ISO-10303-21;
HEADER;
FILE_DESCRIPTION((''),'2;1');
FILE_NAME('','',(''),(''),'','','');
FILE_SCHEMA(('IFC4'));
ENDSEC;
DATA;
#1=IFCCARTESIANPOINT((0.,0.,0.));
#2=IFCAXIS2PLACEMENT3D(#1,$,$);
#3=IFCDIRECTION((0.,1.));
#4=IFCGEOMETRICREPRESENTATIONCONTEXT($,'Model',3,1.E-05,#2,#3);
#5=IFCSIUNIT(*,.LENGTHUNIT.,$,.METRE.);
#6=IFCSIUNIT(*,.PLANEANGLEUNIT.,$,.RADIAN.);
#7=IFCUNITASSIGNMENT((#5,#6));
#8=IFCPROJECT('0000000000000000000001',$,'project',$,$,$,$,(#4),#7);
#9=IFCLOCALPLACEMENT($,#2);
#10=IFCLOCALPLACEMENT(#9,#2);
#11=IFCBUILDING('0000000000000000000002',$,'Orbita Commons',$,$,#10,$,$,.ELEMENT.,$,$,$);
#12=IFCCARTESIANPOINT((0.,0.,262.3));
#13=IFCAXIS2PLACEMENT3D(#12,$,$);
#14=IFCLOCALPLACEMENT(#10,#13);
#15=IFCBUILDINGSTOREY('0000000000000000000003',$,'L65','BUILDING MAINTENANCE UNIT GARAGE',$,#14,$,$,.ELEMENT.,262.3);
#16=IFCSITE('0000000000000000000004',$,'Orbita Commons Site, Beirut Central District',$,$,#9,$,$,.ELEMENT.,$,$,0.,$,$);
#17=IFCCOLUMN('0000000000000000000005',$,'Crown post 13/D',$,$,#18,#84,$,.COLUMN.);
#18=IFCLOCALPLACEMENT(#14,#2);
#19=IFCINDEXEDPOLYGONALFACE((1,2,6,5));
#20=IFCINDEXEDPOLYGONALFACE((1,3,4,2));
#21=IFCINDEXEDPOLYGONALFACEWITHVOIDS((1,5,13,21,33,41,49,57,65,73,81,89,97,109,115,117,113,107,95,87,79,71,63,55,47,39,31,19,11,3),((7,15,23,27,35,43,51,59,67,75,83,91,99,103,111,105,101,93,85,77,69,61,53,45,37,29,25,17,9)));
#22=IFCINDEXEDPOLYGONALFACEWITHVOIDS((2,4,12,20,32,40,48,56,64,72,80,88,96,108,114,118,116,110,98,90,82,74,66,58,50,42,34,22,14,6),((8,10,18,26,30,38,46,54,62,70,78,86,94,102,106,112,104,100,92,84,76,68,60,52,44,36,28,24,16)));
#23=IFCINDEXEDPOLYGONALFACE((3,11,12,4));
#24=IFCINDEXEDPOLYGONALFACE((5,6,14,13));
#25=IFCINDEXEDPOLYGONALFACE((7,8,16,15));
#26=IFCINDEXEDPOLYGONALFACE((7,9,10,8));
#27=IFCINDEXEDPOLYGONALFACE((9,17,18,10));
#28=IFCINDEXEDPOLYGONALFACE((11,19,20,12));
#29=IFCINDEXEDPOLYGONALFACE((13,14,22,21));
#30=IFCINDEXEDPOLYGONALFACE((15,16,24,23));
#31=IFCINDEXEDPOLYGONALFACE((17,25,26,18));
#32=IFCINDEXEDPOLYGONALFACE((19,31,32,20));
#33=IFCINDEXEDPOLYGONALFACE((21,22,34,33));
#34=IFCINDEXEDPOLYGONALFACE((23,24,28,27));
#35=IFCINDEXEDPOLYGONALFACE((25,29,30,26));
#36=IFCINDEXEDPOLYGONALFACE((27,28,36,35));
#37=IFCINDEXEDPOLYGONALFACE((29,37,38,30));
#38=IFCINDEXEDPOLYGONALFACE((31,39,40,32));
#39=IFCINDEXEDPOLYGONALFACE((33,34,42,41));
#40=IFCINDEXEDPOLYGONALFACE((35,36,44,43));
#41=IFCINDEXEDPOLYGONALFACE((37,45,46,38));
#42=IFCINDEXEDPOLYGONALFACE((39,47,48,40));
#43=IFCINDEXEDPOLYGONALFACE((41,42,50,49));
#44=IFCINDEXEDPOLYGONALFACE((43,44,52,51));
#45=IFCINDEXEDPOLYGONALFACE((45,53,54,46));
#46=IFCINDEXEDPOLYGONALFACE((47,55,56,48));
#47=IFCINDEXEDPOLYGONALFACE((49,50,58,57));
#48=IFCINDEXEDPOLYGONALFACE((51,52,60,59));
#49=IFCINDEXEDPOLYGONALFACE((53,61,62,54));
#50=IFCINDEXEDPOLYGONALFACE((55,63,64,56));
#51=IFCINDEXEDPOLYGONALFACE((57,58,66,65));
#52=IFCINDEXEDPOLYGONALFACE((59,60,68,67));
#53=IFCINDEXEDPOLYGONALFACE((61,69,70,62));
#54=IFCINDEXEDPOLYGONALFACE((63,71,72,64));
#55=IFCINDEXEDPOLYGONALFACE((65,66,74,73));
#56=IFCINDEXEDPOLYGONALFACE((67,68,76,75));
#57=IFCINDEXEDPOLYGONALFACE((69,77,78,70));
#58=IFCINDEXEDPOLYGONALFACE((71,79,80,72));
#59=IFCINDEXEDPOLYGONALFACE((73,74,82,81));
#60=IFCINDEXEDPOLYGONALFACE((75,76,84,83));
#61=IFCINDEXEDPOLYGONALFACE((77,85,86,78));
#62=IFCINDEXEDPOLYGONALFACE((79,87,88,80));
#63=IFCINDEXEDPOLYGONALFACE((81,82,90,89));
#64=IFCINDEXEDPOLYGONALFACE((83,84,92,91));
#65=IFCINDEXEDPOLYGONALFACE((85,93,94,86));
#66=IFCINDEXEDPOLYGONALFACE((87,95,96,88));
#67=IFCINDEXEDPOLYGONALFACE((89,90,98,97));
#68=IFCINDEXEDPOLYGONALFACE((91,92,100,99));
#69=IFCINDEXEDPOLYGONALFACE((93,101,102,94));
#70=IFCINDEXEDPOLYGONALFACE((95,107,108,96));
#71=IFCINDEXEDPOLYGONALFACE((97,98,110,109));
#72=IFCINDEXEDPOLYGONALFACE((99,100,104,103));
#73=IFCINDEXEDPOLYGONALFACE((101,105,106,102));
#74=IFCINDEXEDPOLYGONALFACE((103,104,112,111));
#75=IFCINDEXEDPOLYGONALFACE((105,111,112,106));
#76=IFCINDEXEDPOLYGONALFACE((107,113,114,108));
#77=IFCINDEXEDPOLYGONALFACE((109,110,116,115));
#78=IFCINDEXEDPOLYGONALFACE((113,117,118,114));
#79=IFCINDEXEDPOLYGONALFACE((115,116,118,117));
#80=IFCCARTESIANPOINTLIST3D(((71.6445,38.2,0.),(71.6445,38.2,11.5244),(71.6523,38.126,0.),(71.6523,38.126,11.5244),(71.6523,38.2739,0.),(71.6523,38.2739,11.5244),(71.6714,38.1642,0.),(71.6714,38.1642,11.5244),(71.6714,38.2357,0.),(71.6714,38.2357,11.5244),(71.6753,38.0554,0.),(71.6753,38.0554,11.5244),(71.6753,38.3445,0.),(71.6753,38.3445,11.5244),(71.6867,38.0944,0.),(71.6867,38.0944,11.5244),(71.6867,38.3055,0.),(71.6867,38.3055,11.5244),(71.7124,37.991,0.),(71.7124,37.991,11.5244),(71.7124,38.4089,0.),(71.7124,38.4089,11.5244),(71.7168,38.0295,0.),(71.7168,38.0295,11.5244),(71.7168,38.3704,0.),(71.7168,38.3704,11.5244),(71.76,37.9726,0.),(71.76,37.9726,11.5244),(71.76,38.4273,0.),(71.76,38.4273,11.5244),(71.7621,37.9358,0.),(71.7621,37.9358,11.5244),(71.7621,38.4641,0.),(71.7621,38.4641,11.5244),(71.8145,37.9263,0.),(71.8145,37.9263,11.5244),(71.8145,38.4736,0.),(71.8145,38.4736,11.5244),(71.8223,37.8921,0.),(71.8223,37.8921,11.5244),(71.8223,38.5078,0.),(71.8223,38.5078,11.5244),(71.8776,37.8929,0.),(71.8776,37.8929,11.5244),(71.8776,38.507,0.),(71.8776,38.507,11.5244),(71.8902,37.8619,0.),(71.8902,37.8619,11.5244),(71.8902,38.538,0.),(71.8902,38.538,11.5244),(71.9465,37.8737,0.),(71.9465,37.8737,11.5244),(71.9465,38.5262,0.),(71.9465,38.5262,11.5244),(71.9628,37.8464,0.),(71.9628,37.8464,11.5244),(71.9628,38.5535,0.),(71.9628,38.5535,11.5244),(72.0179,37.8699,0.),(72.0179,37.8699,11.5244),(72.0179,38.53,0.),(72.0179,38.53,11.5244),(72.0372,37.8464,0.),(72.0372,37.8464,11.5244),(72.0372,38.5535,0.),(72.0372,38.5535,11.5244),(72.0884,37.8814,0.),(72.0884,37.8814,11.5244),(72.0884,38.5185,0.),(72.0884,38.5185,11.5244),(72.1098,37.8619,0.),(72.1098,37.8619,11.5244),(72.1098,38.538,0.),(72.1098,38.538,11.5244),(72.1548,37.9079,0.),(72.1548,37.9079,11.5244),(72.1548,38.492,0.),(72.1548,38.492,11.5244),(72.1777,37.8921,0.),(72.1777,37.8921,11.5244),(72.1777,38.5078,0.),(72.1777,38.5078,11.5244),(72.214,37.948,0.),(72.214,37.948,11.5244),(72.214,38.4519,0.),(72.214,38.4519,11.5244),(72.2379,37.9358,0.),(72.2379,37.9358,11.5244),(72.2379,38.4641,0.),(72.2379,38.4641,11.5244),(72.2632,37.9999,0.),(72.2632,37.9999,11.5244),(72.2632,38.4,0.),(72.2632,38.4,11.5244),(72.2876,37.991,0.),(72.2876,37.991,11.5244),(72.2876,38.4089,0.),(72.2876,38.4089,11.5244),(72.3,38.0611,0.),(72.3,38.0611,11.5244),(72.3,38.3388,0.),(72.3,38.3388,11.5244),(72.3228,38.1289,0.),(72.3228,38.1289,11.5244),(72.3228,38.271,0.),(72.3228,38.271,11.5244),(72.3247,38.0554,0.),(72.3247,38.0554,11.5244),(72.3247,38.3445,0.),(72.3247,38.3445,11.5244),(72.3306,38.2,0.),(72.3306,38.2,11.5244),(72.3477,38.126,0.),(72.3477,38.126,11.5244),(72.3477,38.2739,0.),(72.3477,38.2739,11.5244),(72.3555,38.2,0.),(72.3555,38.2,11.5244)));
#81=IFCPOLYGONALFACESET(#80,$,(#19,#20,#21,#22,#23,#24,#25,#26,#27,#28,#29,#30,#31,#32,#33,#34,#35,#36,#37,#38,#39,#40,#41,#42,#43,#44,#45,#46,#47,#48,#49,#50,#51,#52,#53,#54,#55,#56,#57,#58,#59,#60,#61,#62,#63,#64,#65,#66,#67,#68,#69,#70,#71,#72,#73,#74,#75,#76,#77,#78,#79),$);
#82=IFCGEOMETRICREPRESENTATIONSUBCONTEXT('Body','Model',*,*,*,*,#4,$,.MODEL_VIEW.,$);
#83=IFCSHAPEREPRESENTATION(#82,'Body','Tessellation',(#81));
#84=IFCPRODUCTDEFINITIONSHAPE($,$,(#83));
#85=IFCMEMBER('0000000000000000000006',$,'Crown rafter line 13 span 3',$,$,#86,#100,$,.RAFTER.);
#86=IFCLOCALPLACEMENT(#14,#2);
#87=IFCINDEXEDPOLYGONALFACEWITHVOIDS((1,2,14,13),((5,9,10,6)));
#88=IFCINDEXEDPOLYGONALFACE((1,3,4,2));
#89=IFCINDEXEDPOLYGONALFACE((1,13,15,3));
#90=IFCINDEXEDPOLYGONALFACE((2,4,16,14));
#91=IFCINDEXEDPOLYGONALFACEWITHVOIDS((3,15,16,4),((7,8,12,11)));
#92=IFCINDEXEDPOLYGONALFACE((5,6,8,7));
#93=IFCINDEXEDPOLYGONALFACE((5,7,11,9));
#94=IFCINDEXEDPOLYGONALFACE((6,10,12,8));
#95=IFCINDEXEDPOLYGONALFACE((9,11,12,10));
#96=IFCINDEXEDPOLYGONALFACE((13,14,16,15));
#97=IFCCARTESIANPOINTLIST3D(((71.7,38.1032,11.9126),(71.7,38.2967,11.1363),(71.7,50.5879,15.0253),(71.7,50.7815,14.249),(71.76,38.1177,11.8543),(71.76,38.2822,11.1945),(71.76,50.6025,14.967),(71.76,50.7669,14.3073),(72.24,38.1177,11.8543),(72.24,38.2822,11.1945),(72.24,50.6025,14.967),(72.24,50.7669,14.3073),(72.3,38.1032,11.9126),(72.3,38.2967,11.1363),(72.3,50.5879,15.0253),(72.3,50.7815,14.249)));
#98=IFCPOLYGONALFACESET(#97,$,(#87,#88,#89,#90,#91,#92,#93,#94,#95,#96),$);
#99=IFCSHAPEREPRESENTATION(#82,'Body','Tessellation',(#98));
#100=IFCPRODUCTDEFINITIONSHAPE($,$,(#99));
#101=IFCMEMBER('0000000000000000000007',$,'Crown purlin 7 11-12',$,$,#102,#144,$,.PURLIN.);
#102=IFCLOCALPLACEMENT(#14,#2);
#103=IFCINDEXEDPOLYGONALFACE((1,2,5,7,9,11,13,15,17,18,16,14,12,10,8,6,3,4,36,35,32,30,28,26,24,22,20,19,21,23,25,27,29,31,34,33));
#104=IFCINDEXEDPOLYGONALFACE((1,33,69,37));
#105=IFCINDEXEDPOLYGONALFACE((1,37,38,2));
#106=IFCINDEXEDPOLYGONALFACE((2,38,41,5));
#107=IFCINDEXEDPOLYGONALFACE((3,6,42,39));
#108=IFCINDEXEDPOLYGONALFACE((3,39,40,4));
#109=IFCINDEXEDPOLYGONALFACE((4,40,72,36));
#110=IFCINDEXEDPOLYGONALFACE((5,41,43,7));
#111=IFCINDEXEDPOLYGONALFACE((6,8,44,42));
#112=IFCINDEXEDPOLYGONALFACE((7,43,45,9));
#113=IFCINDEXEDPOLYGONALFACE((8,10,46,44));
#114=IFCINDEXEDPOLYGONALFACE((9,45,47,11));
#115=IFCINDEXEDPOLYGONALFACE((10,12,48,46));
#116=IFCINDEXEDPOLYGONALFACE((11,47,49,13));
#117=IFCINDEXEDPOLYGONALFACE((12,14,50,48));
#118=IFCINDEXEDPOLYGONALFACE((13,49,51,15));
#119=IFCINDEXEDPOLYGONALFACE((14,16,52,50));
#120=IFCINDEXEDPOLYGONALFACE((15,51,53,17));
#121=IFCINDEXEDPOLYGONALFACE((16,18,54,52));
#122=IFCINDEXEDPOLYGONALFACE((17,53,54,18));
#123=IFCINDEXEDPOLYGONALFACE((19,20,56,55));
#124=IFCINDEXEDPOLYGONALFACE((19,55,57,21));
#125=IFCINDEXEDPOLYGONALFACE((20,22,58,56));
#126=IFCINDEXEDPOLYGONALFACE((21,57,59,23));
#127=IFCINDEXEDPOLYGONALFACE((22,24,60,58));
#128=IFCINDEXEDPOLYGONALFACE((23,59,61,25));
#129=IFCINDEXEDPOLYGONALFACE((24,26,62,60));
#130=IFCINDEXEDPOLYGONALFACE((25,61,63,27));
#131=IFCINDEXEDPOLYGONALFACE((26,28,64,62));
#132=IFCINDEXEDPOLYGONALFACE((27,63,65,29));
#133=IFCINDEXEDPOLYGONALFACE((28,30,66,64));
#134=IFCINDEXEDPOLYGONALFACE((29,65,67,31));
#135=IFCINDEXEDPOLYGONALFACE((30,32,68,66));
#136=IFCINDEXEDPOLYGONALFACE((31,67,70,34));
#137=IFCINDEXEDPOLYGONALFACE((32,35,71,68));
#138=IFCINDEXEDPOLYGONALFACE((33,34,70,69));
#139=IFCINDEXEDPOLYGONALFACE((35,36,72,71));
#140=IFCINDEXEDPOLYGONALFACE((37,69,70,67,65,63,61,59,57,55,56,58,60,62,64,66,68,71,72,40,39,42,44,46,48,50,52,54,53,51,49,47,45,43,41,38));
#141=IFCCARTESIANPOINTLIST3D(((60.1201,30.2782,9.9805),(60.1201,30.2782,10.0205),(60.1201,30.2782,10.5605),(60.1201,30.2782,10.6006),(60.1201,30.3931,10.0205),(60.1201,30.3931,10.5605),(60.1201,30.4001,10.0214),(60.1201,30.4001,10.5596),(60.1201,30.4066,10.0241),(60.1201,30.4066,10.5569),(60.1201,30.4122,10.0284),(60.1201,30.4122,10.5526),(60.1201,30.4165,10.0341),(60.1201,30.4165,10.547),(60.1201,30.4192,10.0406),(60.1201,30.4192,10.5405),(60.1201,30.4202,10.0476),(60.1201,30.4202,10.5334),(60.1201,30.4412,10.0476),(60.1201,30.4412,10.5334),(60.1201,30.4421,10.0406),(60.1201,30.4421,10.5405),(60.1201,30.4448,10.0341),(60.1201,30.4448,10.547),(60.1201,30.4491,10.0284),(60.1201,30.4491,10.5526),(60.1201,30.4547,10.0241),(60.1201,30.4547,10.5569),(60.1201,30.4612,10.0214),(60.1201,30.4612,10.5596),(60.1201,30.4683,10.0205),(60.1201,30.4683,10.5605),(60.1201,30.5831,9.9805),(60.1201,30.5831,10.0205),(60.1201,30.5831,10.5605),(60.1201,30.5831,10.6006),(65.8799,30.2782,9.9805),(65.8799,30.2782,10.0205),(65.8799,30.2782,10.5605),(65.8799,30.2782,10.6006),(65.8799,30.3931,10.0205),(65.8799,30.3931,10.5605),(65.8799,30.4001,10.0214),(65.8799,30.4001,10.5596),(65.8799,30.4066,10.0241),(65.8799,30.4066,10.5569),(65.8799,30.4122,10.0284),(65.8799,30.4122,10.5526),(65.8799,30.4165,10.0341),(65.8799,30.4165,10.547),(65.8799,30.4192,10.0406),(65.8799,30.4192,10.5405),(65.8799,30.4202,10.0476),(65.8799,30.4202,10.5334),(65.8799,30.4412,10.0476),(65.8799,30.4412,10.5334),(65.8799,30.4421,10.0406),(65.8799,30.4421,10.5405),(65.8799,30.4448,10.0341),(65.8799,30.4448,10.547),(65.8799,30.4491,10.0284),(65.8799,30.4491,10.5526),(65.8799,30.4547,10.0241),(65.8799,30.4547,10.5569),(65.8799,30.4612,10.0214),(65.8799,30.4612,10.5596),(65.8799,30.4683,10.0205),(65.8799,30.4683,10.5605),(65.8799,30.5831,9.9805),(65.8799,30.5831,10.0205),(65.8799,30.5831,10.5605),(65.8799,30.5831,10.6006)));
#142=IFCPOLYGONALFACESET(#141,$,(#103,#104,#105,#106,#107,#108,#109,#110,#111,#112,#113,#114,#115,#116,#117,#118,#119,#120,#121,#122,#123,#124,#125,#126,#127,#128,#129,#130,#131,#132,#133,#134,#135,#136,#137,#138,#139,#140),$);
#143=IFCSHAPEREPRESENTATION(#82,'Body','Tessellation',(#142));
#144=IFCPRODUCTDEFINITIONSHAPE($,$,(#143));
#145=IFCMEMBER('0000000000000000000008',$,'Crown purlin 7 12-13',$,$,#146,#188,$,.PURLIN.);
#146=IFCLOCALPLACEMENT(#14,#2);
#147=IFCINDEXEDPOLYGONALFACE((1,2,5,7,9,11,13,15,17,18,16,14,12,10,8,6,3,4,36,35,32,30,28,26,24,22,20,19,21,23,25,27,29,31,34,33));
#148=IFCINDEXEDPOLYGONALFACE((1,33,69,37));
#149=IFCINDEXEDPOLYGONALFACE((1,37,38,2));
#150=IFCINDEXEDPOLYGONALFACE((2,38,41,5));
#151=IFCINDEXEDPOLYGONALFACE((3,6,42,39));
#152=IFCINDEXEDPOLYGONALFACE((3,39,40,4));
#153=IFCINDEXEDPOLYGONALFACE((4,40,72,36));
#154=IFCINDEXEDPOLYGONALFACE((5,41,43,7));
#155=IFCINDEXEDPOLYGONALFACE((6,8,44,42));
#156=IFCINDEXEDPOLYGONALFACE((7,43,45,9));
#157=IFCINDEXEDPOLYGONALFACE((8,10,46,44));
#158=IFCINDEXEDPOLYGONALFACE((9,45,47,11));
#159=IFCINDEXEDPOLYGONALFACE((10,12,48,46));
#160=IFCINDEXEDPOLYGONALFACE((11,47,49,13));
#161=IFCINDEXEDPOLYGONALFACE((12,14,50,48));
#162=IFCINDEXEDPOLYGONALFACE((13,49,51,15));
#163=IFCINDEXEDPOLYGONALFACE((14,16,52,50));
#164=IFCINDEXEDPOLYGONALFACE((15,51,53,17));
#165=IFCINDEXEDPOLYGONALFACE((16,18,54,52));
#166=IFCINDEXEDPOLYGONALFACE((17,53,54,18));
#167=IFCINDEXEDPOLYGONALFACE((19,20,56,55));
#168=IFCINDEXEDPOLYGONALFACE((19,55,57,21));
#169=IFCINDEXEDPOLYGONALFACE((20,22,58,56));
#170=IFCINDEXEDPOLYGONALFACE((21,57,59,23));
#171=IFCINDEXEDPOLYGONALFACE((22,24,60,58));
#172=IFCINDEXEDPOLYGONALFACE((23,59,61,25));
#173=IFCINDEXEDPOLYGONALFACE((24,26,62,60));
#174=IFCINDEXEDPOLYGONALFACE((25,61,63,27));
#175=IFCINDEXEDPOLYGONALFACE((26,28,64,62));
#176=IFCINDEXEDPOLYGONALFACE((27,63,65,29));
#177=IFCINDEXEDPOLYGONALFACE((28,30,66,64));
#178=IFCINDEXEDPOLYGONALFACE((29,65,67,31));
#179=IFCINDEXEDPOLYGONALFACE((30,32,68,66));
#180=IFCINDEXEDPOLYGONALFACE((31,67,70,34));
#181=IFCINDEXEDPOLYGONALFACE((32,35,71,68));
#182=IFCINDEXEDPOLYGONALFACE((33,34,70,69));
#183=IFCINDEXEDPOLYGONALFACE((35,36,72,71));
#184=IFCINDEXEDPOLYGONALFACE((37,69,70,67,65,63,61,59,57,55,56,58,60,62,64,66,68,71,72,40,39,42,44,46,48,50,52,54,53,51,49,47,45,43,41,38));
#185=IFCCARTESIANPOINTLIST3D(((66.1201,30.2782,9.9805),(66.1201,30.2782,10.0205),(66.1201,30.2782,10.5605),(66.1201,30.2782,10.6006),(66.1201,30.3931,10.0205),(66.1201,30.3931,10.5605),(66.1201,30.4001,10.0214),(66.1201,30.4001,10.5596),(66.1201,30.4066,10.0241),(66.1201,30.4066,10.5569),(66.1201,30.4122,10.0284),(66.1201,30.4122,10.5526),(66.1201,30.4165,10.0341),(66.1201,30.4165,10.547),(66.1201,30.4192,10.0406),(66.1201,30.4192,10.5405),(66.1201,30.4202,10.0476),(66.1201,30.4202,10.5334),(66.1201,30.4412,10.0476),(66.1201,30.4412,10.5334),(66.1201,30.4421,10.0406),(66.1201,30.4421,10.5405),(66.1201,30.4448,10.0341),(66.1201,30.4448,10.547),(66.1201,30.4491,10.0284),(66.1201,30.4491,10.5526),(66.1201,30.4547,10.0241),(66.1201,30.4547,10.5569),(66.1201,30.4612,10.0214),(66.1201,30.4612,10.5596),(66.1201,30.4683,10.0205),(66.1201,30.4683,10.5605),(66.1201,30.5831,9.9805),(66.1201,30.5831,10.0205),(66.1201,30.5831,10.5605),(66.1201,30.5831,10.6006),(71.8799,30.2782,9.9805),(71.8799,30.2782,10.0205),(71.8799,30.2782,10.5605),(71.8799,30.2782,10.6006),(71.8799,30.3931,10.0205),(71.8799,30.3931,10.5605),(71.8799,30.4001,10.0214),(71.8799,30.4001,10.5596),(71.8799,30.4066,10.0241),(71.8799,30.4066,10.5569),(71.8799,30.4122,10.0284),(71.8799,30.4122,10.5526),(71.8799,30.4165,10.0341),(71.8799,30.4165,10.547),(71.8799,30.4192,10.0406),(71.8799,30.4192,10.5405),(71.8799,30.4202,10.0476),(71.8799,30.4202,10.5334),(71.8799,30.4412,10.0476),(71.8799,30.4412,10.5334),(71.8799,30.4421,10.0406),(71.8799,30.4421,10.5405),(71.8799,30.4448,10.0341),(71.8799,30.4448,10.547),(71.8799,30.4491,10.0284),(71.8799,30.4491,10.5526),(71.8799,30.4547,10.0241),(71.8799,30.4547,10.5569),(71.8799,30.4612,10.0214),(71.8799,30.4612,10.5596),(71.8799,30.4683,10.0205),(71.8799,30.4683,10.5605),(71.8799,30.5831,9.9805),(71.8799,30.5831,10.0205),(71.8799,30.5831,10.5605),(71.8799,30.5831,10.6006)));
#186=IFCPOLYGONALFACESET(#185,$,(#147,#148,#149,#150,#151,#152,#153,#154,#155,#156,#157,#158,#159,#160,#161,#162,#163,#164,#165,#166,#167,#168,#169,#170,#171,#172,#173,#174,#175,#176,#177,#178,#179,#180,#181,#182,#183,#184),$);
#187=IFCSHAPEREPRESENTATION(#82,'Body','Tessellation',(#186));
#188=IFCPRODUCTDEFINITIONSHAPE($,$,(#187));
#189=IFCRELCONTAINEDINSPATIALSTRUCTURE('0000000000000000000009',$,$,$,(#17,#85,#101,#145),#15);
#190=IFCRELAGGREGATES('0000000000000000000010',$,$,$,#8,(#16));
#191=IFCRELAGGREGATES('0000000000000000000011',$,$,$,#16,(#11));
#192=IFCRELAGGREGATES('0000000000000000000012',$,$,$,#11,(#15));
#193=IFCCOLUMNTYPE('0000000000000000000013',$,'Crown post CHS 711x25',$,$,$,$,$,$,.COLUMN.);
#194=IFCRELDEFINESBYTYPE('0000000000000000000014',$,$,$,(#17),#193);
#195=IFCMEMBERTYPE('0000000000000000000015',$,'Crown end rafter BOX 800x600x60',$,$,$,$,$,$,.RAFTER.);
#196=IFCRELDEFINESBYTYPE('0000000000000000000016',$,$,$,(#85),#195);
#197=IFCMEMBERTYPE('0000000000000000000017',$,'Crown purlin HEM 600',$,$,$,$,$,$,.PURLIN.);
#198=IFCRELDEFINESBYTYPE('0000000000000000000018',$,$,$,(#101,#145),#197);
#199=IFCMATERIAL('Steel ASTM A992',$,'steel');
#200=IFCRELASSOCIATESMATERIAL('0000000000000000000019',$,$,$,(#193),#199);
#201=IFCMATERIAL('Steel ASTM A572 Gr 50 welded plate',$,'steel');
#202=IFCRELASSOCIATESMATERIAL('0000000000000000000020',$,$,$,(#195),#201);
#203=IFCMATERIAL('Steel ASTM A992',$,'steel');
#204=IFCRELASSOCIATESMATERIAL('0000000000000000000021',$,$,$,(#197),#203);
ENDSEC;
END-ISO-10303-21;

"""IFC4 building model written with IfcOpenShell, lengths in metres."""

from ifc_helpers import new_model, si_unit, direction, frame, origin, origin_2d, place, context, subcontext, project, spatial, hollow_rectangle, hollow_circle, i_section, extrude, material, material_profile, profile_set, type_object, element, save


model = new_model("IFC4")

# Units and contexts
model_context = context("Model", 3, precision=1e-05, world=origin(), true_north=direction((0.0, 1.0)))
body_context = subcontext(model_context, "Body", "Model", "MODEL_VIEW")
ifc_project = project(units=[si_unit("LENGTHUNIT", "METRE"), si_unit("PLANEANGLEUNIT", "RADIAN")], contexts=[model_context])

# Site, building, storey
site_placement = place(None, origin())
site = spatial("IfcSite", under=ifc_project, at=site_placement, Name="Orbita Commons Site, Beirut Central District", CompositionType="ELEMENT", RefElevation=0.0)
building_placement = place(site_placement, origin())
building = spatial("IfcBuilding", under=site, at=building_placement, Name="Orbita Commons", CompositionType="ELEMENT")
storey_placement = place(building_placement, frame((0.0, 0.0, 262.3)))
storey = spatial("IfcBuildingStorey", under=building, at=storey_placement, Name="L65", Description="BUILDING MAINTENANCE UNIT GARAGE", CompositionType="ELEMENT", Elevation=262.3)

# Column
ifc_material_1 = material(Name="Steel ASTM A992", Category="steel")
ifc_material_profile_1 = material_profile(ifc_material_1, hollow_circle(Radius=0.3555, WallThickness=0.0249, at=origin_2d()), Name="CHS 711x25")
ifc_profile_set_1 = profile_set([ifc_material_profile_1], Name="Steel ASTM A992")
column_type = type_object("IfcColumnType", Name="Crown post CHS 711x25", PredefinedType="COLUMN", material=ifc_profile_set_1)
column_placement = place(storey_placement, frame((72.0, 38.2, 0.0), z_axis=(0.0, 0.0, 1.0), x_axis=(1.0, 0.0, 0.0)))
element("IfcColumn", 1, at=column_placement, inside=storey, type_object=column_type, Name="Crown post 13/D", PredefinedType="COLUMN", context=body_context, shape_type="SweptSolid", body=[
    extrude(hollow_circle(Radius=0.3555, WallThickness=0.0249, at=origin_2d()), origin(), (0.0, 0.0, 1.0), 11.5244),
])

# Members
ifc_material_2 = material(Name="Steel ASTM A572 Gr 50 welded plate", Category="steel")
ifc_material_profile_2 = material_profile(ifc_material_2, hollow_rectangle(XDim=0.6001, YDim=0.8, WallThickness=0.0601, at=origin_2d()), Name="BOX 800x600x60")
ifc_profile_set_2 = profile_set([ifc_material_profile_2], Name="Steel ASTM A572 Gr 50 welded plate")
member_type_1 = type_object("IfcMemberType", Name="Crown end rafter BOX 800x600x60", PredefinedType="RAFTER", material=ifc_profile_set_2)
member_placement = place(storey_placement, frame((72.0, 38.2, 11.5244), z_axis=(0.0, 0.970296, 0.241919), x_axis=(-1.0, 0.0, 0.0)))
element("IfcMember", 2, at=member_placement, inside=storey, type_object=member_type_1, Name="Crown rafter line 13 span 3", PredefinedType="RAFTER", context=body_context, shape_type="SweptSolid", body=[
    extrude(hollow_rectangle(XDim=0.6001, YDim=0.8, WallThickness=0.0601, at=origin_2d()), origin(), (0.0, 0.0, 1.0), 12.8669),
])
ifc_material_3 = material(Name="Steel ASTM A992", Category="steel")
ifc_material_profile_3 = material_profile(ifc_material_3, i_section(OverallWidth=0.3049, OverallDepth=0.6201, WebThickness=0.021, FlangeThickness=0.04, FilletRadius=0.0271, at=origin_2d()), Name="HEM 600")
ifc_profile_set_3 = profile_set([ifc_material_profile_3], Name="Steel ASTM A992")
member_type_2 = type_object("IfcMemberType", Name="Crown purlin HEM 600", PredefinedType="PURLIN", material=ifc_profile_set_3)
for number, where, z_axis, x_axis, name in (
    (3, (60.1201, 30.4307, 10.2905), (1.0, 0.0, 0.0), (0.0, 1.0, 0.0), "Crown purlin 7 11-12"),
    (4, (66.1201, 30.4307, 10.2905), (1.0, 0.0, 0.0), (0.0, 1.0, 0.0), "Crown purlin 7 12-13"),
):
    element("IfcMember", number, at=place(storey_placement, frame(where, z_axis=z_axis, x_axis=x_axis)), inside=storey, type_object=member_type_2, Name=name, PredefinedType="PURLIN", context=body_context, shape_type="SweptSolid", body=[
        extrude(i_section(OverallWidth=0.3049, OverallDepth=0.6201, WebThickness=0.021, FlangeThickness=0.04, FilletRadius=0.0271, at=origin_2d()), origin(), (0.0, 0.0, 1.0), 5.7598),
    ])

save(model, "model.ifc")
